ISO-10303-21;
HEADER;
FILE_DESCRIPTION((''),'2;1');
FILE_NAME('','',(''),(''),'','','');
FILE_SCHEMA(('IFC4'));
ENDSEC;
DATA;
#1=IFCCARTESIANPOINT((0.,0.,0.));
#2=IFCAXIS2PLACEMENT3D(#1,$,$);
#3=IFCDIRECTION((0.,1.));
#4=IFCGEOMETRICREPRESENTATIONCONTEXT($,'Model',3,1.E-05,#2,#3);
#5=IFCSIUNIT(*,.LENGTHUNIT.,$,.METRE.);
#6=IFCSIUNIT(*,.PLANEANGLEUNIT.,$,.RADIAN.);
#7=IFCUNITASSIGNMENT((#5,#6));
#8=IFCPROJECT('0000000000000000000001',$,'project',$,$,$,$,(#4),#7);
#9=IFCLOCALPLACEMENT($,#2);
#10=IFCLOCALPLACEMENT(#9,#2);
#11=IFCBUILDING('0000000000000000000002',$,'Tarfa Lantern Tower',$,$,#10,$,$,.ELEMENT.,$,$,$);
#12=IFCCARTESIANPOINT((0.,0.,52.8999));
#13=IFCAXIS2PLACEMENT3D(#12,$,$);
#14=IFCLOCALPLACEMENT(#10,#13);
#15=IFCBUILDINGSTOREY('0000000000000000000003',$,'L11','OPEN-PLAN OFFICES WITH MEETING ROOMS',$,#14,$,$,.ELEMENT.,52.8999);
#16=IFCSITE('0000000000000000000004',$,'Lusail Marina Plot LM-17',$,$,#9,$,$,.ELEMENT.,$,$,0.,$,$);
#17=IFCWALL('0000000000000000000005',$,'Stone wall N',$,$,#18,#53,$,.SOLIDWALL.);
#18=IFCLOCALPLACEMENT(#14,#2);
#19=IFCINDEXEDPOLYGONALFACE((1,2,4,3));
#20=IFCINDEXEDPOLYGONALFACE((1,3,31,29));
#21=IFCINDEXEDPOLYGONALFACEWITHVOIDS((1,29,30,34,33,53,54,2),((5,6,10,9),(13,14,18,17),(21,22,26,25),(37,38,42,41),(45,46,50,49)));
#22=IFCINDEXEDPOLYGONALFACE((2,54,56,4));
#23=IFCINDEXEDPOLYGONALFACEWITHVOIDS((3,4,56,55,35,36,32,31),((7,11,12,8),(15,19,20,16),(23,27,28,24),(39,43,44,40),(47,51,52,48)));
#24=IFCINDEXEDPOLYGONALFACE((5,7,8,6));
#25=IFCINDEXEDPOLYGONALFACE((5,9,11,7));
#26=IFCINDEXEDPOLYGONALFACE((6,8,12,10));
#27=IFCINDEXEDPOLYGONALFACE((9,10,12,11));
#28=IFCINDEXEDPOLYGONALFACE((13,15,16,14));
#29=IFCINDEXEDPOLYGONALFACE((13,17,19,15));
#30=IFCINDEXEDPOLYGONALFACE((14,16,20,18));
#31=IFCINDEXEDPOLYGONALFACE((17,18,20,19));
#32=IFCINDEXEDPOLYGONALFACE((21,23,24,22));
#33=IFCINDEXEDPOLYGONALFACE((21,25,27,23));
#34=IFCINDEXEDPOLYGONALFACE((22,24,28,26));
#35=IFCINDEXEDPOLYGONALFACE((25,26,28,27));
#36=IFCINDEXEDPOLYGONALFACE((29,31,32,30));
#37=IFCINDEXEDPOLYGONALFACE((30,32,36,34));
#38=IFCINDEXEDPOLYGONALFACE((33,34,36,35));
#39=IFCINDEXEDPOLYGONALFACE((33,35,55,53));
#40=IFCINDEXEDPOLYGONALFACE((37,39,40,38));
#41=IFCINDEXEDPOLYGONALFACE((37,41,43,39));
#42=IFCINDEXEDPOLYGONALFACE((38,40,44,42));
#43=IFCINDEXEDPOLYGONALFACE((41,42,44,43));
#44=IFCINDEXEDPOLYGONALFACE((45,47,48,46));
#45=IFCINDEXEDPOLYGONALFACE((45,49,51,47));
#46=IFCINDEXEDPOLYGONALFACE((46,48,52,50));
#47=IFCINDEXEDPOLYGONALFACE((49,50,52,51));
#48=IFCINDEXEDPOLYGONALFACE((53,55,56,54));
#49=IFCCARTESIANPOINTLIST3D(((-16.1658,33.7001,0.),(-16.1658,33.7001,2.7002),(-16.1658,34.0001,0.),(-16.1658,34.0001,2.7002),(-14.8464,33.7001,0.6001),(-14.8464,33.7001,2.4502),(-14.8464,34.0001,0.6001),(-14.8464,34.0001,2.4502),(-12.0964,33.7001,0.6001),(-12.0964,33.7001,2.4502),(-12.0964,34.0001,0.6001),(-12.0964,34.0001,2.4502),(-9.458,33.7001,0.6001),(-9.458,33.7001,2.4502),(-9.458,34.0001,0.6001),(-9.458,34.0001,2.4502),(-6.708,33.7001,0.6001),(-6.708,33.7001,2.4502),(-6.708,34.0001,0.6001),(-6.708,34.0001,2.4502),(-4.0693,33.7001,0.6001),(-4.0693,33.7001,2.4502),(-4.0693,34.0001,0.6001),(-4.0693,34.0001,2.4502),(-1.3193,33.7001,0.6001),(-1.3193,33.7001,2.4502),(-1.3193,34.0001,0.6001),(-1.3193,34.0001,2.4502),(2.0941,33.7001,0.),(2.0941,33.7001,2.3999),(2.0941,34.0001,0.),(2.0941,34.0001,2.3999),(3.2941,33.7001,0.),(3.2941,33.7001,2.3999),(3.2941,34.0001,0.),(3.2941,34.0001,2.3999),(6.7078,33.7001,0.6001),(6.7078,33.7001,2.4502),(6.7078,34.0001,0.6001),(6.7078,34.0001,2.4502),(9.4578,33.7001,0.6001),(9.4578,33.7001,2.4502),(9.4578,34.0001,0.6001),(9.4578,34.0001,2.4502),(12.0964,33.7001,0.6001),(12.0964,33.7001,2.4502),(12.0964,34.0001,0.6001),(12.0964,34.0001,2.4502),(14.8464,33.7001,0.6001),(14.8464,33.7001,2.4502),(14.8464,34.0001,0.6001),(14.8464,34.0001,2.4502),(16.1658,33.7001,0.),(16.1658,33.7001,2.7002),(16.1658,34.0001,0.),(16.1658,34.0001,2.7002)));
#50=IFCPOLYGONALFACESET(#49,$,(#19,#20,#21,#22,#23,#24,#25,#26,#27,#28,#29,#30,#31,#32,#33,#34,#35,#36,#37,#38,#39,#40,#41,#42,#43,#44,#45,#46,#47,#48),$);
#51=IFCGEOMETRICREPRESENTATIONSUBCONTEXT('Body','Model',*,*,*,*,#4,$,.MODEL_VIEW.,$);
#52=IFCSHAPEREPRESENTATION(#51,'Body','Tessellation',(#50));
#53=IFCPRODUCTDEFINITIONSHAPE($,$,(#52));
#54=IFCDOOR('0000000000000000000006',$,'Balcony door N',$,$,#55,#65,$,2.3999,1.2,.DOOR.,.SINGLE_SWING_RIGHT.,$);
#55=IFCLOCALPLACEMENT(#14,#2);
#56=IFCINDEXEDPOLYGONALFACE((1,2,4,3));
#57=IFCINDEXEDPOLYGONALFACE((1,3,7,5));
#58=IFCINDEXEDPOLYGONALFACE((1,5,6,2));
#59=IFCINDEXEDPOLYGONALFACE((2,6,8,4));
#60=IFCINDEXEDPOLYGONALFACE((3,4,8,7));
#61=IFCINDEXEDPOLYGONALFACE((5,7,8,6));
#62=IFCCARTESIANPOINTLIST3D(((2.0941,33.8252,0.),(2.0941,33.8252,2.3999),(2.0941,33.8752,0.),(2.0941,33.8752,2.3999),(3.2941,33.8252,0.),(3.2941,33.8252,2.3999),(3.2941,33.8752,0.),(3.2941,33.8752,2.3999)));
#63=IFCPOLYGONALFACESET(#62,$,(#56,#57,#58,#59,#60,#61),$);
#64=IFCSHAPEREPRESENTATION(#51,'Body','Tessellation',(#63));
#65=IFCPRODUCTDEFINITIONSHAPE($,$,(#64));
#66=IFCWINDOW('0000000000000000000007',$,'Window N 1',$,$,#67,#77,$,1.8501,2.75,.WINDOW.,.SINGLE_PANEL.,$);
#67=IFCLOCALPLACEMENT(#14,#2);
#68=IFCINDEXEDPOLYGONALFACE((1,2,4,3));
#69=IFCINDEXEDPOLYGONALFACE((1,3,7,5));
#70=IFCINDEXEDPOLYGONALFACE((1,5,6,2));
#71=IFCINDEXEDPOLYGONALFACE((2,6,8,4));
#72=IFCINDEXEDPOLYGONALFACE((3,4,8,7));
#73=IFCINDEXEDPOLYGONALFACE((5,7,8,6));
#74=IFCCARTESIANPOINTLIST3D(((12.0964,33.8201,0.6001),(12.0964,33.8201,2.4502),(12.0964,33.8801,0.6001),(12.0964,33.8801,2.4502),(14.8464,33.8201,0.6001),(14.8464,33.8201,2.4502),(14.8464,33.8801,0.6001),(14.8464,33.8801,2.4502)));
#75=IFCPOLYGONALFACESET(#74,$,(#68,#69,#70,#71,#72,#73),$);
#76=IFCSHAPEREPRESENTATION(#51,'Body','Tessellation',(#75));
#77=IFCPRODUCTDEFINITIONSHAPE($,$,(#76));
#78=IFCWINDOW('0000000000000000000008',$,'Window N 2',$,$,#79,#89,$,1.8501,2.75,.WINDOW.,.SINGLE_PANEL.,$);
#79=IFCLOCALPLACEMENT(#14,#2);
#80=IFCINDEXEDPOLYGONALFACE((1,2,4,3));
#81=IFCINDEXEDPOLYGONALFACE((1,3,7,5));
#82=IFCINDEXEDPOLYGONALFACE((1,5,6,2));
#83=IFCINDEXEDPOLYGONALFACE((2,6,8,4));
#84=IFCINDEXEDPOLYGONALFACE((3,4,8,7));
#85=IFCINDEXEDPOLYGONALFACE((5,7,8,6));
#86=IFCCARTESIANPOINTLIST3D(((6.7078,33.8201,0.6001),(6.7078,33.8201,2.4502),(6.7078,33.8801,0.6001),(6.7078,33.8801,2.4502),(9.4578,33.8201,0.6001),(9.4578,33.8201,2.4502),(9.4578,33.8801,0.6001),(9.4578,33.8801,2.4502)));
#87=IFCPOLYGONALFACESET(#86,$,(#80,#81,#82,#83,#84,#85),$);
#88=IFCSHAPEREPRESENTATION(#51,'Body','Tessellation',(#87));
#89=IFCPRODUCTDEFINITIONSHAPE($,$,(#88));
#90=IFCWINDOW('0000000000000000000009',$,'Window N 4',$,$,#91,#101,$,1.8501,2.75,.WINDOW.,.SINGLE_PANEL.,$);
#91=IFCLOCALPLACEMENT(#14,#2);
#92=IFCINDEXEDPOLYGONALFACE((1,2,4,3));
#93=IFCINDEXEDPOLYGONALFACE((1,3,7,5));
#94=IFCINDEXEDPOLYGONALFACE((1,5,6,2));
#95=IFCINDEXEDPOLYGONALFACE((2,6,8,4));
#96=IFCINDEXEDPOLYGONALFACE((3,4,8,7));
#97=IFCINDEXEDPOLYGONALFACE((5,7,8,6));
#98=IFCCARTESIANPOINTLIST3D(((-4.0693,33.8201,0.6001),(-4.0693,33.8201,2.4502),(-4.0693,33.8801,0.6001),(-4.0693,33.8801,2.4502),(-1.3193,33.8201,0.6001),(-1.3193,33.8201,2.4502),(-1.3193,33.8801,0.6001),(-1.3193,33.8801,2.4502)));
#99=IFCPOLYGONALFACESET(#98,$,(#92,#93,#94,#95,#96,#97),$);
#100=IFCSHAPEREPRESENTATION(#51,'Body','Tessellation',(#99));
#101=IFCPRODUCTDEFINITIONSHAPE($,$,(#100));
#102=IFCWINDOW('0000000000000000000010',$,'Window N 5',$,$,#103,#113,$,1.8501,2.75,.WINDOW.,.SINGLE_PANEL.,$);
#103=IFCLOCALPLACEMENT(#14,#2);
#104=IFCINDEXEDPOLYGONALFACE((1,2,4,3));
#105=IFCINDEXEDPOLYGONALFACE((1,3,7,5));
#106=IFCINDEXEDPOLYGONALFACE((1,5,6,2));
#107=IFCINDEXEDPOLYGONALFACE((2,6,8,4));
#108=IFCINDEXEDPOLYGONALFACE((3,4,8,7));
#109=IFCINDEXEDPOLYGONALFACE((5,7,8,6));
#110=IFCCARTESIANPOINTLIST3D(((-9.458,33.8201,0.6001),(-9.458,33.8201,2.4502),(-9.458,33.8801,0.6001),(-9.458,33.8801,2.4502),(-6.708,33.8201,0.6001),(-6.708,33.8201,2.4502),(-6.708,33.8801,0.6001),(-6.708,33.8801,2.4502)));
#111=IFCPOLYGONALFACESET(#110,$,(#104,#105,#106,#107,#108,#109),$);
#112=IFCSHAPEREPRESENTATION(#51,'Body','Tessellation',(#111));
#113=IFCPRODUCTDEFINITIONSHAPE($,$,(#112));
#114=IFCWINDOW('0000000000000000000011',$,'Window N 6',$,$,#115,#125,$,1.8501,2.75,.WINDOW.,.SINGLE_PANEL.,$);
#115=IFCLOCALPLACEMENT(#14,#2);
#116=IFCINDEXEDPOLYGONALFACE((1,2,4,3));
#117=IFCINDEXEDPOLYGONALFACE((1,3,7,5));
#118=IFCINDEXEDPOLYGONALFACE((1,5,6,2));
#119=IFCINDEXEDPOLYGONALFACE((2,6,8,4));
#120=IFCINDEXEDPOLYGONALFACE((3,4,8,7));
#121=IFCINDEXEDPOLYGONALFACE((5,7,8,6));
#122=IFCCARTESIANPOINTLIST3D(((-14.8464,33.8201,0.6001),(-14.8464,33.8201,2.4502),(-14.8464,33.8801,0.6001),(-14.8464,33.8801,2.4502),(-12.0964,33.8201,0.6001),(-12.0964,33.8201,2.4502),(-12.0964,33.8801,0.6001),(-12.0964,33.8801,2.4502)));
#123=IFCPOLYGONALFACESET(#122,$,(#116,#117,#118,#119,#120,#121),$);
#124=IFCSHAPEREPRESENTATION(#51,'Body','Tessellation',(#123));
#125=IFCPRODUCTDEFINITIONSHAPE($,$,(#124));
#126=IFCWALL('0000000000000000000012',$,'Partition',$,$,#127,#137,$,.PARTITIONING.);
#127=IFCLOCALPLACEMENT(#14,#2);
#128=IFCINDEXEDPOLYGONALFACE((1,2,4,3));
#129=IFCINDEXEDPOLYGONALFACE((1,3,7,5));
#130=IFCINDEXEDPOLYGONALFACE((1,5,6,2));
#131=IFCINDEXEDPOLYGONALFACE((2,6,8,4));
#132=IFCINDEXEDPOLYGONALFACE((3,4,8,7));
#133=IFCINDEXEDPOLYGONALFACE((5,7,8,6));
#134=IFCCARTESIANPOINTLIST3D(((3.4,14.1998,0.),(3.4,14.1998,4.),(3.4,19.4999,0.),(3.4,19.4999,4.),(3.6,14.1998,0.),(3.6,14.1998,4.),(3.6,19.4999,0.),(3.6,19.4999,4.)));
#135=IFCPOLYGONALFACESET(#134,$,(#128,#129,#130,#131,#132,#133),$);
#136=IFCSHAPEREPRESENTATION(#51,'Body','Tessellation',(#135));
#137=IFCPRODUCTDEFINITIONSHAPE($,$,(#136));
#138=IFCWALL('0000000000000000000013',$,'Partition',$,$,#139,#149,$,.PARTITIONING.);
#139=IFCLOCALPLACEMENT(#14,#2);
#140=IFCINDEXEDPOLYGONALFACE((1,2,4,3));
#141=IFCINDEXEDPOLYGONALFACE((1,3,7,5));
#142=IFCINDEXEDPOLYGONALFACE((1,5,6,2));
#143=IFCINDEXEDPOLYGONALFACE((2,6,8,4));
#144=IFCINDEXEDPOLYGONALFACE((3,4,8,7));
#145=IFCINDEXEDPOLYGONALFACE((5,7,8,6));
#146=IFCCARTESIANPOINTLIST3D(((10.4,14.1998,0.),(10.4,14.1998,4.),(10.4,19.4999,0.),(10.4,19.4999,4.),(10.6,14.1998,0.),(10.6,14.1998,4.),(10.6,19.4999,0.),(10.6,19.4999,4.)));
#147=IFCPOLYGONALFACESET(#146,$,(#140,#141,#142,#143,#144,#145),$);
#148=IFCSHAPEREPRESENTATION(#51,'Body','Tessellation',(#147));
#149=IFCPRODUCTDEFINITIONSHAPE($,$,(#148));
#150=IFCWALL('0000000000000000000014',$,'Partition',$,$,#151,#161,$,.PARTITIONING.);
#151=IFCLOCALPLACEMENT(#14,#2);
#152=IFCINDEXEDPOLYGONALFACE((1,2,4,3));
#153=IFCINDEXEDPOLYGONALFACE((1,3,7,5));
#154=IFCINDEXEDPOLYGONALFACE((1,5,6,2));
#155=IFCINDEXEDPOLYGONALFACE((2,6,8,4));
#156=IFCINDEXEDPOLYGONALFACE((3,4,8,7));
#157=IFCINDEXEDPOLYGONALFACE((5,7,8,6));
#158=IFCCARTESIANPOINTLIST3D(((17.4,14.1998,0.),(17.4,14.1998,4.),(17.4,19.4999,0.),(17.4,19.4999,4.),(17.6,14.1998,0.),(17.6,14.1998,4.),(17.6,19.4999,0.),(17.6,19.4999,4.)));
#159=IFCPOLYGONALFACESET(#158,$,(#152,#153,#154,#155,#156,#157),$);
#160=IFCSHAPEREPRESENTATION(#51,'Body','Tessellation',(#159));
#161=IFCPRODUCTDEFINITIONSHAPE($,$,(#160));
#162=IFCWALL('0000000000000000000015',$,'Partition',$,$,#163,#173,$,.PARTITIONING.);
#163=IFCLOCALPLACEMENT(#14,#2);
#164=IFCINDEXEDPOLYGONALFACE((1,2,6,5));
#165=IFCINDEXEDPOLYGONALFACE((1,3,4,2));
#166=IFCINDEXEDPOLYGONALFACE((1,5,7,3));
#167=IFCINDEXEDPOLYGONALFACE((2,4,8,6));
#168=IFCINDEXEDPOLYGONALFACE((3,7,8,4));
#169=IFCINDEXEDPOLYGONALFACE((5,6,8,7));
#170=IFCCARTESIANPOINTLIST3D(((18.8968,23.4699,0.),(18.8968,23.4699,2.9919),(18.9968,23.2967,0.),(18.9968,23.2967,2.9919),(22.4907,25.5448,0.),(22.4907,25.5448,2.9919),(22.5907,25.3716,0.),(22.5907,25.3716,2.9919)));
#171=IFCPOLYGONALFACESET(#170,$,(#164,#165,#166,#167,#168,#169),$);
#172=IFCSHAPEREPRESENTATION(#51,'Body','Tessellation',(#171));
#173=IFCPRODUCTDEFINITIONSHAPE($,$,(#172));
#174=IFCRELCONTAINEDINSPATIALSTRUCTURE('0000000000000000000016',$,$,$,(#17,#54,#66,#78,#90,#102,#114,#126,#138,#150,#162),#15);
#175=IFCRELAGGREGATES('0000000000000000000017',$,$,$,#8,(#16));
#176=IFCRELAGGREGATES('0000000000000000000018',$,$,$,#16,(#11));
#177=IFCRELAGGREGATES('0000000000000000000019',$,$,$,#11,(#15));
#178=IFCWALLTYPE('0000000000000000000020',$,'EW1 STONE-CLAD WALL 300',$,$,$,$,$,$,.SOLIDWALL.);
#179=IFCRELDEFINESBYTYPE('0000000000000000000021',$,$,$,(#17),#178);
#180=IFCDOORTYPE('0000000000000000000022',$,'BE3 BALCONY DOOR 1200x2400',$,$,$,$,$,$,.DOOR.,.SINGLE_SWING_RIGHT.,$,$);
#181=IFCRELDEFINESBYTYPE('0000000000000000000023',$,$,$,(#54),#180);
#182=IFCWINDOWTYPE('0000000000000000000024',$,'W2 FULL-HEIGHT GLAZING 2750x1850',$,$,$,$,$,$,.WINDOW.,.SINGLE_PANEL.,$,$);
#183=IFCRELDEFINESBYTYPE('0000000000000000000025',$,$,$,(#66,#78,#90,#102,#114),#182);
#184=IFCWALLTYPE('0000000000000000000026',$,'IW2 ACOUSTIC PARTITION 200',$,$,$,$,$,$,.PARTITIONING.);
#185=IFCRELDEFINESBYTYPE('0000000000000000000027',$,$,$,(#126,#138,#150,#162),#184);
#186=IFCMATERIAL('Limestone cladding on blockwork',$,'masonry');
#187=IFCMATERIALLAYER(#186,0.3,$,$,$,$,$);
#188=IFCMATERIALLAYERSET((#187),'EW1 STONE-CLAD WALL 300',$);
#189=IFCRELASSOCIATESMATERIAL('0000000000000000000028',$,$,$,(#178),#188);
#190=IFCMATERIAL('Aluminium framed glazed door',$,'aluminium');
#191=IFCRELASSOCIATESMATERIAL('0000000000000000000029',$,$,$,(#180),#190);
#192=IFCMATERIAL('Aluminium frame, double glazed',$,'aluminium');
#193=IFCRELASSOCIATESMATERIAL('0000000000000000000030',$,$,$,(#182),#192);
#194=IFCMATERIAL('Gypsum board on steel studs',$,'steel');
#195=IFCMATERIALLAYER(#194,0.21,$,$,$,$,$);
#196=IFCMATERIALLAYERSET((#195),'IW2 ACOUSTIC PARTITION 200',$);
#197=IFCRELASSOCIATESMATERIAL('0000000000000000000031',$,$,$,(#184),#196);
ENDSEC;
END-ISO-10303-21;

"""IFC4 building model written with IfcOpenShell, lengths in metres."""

from ifc_helpers import new_model, si_unit, direction, frame, frame_2d, origin, place, context, subcontext, project, spatial, rectangle, extrude, material, layer, layer_set, type_object, element, fill, save


model = new_model("IFC4")

# Units and contexts
model_context = context("Model", 3, precision=1e-05, world=origin(), true_north=direction((0.0, 1.0)))
body_context = subcontext(model_context, "Body", "Model", "MODEL_VIEW")
ifc_project = project(units=[si_unit("LENGTHUNIT", "METRE"), si_unit("PLANEANGLEUNIT", "RADIAN")], contexts=[model_context])

# Site, building, storey
site_placement = place(None, origin())
site = spatial("IfcSite", under=ifc_project, at=site_placement, Name="Lusail Marina Plot LM-17", CompositionType="ELEMENT", RefElevation=0.0)
building_placement = place(site_placement, origin())
building = spatial("IfcBuilding", under=site, at=building_placement, Name="Tarfa Lantern Tower", CompositionType="ELEMENT")
storey_placement = place(building_placement, frame((0.0, 0.0, 52.8999)))
storey = spatial("IfcBuildingStorey", under=building, at=storey_placement, Name="L11", Description="OPEN-PLAN OFFICES WITH MEETING ROOMS", CompositionType="ELEMENT", Elevation=52.8999)

# Wall, openings, door, windows
ifc_material_1 = material(Name="Limestone cladding on blockwork", Category="masonry")
ifc_layer_1 = layer(ifc_material_1, 0.3)
ifc_layer_set_1 = layer_set([ifc_layer_1], Name="EW1 STONE-CLAD WALL 300")
wall_type_1 = type_object("IfcWallType", Name="EW1 STONE-CLAD WALL 300", PredefinedType="SOLIDWALL", material=ifc_layer_set_1)
wall_1_placement = place(storey_placement, frame((16.1658, 33.8501, 0.0), z_axis=(0.0, 0.0, 1.0), x_axis=(-1.0, 0.0, 0.0)))
wall_1 = element("IfcWall", 1, at=wall_1_placement, inside=storey, type_object=wall_type_1, Name="Stone wall N", PredefinedType="SOLIDWALL", context=body_context, shape_type="SweptSolid", body=[
    extrude(rectangle(XDim=32.3315, YDim=0.3, at=frame_2d((16.1658, 0.0))), origin(), (0.0, 0.0, 1.0), 2.7002),
])
opening_1_placement = place(wall_1_placement, frame((1.3193, 0.0, 0.6001)))
opening_1 = element("IfcOpeningElement", 2, at=opening_1_placement, cuts=wall_1, PredefinedType="OPENING", context=body_context, shape_type="SweptSolid", body=[
    extrude(rectangle(XDim=2.75, YDim=1.8501, at=frame_2d((1.375, 0.925))), frame((0.0, 0.1599, 0.0), z_axis=(0.0, -1.0, 0.0), x_axis=(1.0, 0.0, 0.0)), (0.0, 0.0, 1.0), 0.3201),
])
opening_2_placement = place(wall_1_placement, frame((6.708, 0.0, 0.6001)))
opening_2 = element("IfcOpeningElement", 3, at=opening_2_placement, cuts=wall_1, PredefinedType="OPENING", context=body_context, shape_type="SweptSolid", body=[
    extrude(rectangle(XDim=2.75, YDim=1.8501, at=frame_2d((1.375, 0.925))), frame((0.0, 0.1599, 0.0), z_axis=(0.0, -1.0, 0.0), x_axis=(1.0, 0.0, 0.0)), (0.0, 0.0, 1.0), 0.3201),
])
opening_3_placement = place(wall_1_placement, frame((12.8716, 0.0, 0.0)))
opening_3 = element("IfcOpeningElement", 4, at=opening_3_placement, cuts=wall_1, PredefinedType="OPENING", context=body_context, shape_type="SweptSolid", body=[
    extrude(rectangle(XDim=1.2, YDim=2.3999, at=frame_2d((0.6001, 1.2))), frame((0.0, 0.1599, 0.0), z_axis=(0.0, -1.0, 0.0), x_axis=(1.0, 0.0, 0.0)), (0.0, 0.0, 1.0), 0.3201),
])
opening_4_placement = place(wall_1_placement, frame((17.4851, 0.0, 0.6001)))
opening_4 = element("IfcOpeningElement", 5, at=opening_4_placement, cuts=wall_1, PredefinedType="OPENING", context=body_context, shape_type="SweptSolid", body=[
    extrude(rectangle(XDim=2.75, YDim=1.8501, at=frame_2d((1.375, 0.925))), frame((0.0, 0.1599, 0.0), z_axis=(0.0, -1.0, 0.0), x_axis=(1.0, 0.0, 0.0)), (0.0, 0.0, 1.0), 0.3201),
])
opening_5_placement = place(wall_1_placement, frame((22.8738, 0.0, 0.6001)))
opening_5 = element("IfcOpeningElement", 6, at=opening_5_placement, cuts=wall_1, PredefinedType="OPENING", context=body_context, shape_type="SweptSolid", body=[
    extrude(rectangle(XDim=2.75, YDim=1.8501, at=frame_2d((1.375, 0.925))), frame((0.0, 0.1599, 0.0), z_axis=(0.0, -1.0, 0.0), x_axis=(1.0, 0.0, 0.0)), (0.0, 0.0, 1.0), 0.3201),
])
opening_6_placement = place(wall_1_placement, frame((28.2622, 0.0, 0.6001)))
opening_6 = element("IfcOpeningElement", 7, at=opening_6_placement, cuts=wall_1, PredefinedType="OPENING", context=body_context, shape_type="SweptSolid", body=[
    extrude(rectangle(XDim=2.75, YDim=1.8501, at=frame_2d((1.375, 0.925))), frame((0.0, 0.1599, 0.0), z_axis=(0.0, -1.0, 0.0), x_axis=(1.0, 0.0, 0.0)), (0.0, 0.0, 1.0), 0.3201),
])
ifc_material_2 = material(Name="Aluminium framed glazed door", Category="aluminium")
door_type = type_object("IfcDoorType", Name="BE3 BALCONY DOOR 1200x2400", OperationType="SINGLE_SWING_RIGHT", PredefinedType="DOOR", material=ifc_material_2)
door_placement = place(opening_3_placement, origin())
door = element("IfcDoor", 8, at=door_placement, inside=storey, type_object=door_type, Name="Balcony door N", OperationType="SINGLE_SWING_RIGHT", OverallHeight=2.3999, OverallWidth=1.2, PredefinedType="DOOR", context=body_context, shape_type="SweptSolid", body=[
    extrude(rectangle(XDim=1.2, YDim=2.3999, at=frame_2d((0.6001, 1.2))), frame((0.0, 0.0249, 0.0), z_axis=(0.0, -1.0, 0.0), x_axis=(1.0, 0.0, 0.0)), (0.0, 0.0, 1.0), 0.05),
])
fill(opening_3, door)
ifc_material_3 = material(Name="Aluminium frame, double glazed", Category="aluminium")
window_type = type_object("IfcWindowType", Name="W2 FULL-HEIGHT GLAZING 2750x1850", PartitioningType="SINGLE_PANEL", PredefinedType="WINDOW", material=ifc_material_3)
window_1_placement = place(opening_1_placement, origin())
window_1 = element("IfcWindow", 9, at=window_1_placement, inside=storey, type_object=window_type, Name="Window N 1", OverallHeight=1.8501, OverallWidth=2.75, PartitioningType="SINGLE_PANEL", PredefinedType="WINDOW", context=body_context, shape_type="SweptSolid", body=[
    extrude(rectangle(XDim=2.75, YDim=1.8501, at=frame_2d((1.375, 0.925))), frame((0.0, 0.03, 0.0), z_axis=(0.0, -1.0, 0.0), x_axis=(1.0, 0.0, 0.0)), (0.0, 0.0, 1.0), 0.0601),
])
fill(opening_1, window_1)
window_2_placement = place(opening_2_placement, origin())
window_2 = element("IfcWindow", 10, at=window_2_placement, inside=storey, type_object=window_type, Name="Window N 2", OverallHeight=1.8501, OverallWidth=2.75, PartitioningType="SINGLE_PANEL", PredefinedType="WINDOW", context=body_context, shape_type="SweptSolid", body=[
    extrude(rectangle(XDim=2.75, YDim=1.8501, at=frame_2d((1.375, 0.925))), frame((0.0, 0.03, 0.0), z_axis=(0.0, -1.0, 0.0), x_axis=(1.0, 0.0, 0.0)), (0.0, 0.0, 1.0), 0.0601),
])
fill(opening_2, window_2)
window_3_placement = place(opening_4_placement, origin())
window_3 = element("IfcWindow", 11, at=window_3_placement, inside=storey, type_object=window_type, Name="Window N 4", OverallHeight=1.8501, OverallWidth=2.75, PartitioningType="SINGLE_PANEL", PredefinedType="WINDOW", context=body_context, shape_type="SweptSolid", body=[
    extrude(rectangle(XDim=2.75, YDim=1.8501, at=frame_2d((1.375, 0.925))), frame((0.0, 0.03, 0.0), z_axis=(0.0, -1.0, 0.0), x_axis=(1.0, 0.0, 0.0)), (0.0, 0.0, 1.0), 0.0601),
])
fill(opening_4, window_3)
window_4_placement = place(opening_5_placement, origin())
window_4 = element("IfcWindow", 12, at=window_4_placement, inside=storey, type_object=window_type, Name="Window N 5", OverallHeight=1.8501, OverallWidth=2.75, PartitioningType="SINGLE_PANEL", PredefinedType="WINDOW", context=body_context, shape_type="SweptSolid", body=[
    extrude(rectangle(XDim=2.75, YDim=1.8501, at=frame_2d((1.375, 0.925))), frame((0.0, 0.03, 0.0), z_axis=(0.0, -1.0, 0.0), x_axis=(1.0, 0.0, 0.0)), (0.0, 0.0, 1.0), 0.0601),
])
fill(opening_5, window_4)
window_5_placement = place(opening_6_placement, origin())
window_5 = element("IfcWindow", 13, at=window_5_placement, inside=storey, type_object=window_type, Name="Window N 6", OverallHeight=1.8501, OverallWidth=2.75, PartitioningType="SINGLE_PANEL", PredefinedType="WINDOW", context=body_context, shape_type="SweptSolid", body=[
    extrude(rectangle(XDim=2.75, YDim=1.8501, at=frame_2d((1.375, 0.925))), frame((0.0, 0.03, 0.0), z_axis=(0.0, -1.0, 0.0), x_axis=(1.0, 0.0, 0.0)), (0.0, 0.0, 1.0), 0.0601),
])
fill(opening_6, window_5)

# Walls
ifc_material_4 = material(Name="Gypsum board on steel studs", Category="steel")
ifc_layer_2 = layer(ifc_material_4, 0.21)
ifc_layer_set_2 = layer_set([ifc_layer_2], Name="IW2 ACOUSTIC PARTITION 200")
wall_type_2 = type_object("IfcWallType", Name="IW2 ACOUSTIC PARTITION 200", PredefinedType="PARTITIONING", material=ifc_layer_set_2)
for number, where, z_axis, x_axis, name in (
    (14, (3.5, 14.2, 0.0), (0.0, 0.0, 1.0), (0.0, 1.0, 0.0), "Partition"),
    (15, (10.5, 14.2, 0.0), (0.0, 0.0, 1.0), (0.0, 1.0, 0.0), "Partition"),
    (16, (17.5, 14.2, 0.0), (0.0, 0.0, 1.0), (0.0, 1.0, 0.0), "Partition"),
):
    element("IfcWall", number, at=place(storey_placement, frame(where, z_axis=z_axis, x_axis=x_axis)), inside=storey, type_object=wall_type_2, Name=name, PredefinedType="PARTITIONING", context=body_context, shape_type="SweptSolid", body=[
        extrude(rectangle(XDim=5.3, YDim=0.2, at=frame_2d((2.6499, 0.0))), origin(), (0.0, 0.0, 1.0), 4.0),
    ])
wall_2_placement = place(storey_placement, frame((18.9468, 23.3833, 0.0), z_axis=(0.0, 0.0, 1.0), x_axis=(0.86603, 0.499992, 0.0)))
element("IfcWall", 17, at=wall_2_placement, inside=storey, type_object=wall_type_2, Name="Partition", PredefinedType="PARTITIONING", context=body_context, shape_type="SweptSolid", body=[
    extrude(rectangle(XDim=4.1499, YDim=0.2, at=frame_2d((2.075, 0.0))), origin(), (0.0, 0.0, 1.0), 2.9919),
])

save(model, "model.ifc")
